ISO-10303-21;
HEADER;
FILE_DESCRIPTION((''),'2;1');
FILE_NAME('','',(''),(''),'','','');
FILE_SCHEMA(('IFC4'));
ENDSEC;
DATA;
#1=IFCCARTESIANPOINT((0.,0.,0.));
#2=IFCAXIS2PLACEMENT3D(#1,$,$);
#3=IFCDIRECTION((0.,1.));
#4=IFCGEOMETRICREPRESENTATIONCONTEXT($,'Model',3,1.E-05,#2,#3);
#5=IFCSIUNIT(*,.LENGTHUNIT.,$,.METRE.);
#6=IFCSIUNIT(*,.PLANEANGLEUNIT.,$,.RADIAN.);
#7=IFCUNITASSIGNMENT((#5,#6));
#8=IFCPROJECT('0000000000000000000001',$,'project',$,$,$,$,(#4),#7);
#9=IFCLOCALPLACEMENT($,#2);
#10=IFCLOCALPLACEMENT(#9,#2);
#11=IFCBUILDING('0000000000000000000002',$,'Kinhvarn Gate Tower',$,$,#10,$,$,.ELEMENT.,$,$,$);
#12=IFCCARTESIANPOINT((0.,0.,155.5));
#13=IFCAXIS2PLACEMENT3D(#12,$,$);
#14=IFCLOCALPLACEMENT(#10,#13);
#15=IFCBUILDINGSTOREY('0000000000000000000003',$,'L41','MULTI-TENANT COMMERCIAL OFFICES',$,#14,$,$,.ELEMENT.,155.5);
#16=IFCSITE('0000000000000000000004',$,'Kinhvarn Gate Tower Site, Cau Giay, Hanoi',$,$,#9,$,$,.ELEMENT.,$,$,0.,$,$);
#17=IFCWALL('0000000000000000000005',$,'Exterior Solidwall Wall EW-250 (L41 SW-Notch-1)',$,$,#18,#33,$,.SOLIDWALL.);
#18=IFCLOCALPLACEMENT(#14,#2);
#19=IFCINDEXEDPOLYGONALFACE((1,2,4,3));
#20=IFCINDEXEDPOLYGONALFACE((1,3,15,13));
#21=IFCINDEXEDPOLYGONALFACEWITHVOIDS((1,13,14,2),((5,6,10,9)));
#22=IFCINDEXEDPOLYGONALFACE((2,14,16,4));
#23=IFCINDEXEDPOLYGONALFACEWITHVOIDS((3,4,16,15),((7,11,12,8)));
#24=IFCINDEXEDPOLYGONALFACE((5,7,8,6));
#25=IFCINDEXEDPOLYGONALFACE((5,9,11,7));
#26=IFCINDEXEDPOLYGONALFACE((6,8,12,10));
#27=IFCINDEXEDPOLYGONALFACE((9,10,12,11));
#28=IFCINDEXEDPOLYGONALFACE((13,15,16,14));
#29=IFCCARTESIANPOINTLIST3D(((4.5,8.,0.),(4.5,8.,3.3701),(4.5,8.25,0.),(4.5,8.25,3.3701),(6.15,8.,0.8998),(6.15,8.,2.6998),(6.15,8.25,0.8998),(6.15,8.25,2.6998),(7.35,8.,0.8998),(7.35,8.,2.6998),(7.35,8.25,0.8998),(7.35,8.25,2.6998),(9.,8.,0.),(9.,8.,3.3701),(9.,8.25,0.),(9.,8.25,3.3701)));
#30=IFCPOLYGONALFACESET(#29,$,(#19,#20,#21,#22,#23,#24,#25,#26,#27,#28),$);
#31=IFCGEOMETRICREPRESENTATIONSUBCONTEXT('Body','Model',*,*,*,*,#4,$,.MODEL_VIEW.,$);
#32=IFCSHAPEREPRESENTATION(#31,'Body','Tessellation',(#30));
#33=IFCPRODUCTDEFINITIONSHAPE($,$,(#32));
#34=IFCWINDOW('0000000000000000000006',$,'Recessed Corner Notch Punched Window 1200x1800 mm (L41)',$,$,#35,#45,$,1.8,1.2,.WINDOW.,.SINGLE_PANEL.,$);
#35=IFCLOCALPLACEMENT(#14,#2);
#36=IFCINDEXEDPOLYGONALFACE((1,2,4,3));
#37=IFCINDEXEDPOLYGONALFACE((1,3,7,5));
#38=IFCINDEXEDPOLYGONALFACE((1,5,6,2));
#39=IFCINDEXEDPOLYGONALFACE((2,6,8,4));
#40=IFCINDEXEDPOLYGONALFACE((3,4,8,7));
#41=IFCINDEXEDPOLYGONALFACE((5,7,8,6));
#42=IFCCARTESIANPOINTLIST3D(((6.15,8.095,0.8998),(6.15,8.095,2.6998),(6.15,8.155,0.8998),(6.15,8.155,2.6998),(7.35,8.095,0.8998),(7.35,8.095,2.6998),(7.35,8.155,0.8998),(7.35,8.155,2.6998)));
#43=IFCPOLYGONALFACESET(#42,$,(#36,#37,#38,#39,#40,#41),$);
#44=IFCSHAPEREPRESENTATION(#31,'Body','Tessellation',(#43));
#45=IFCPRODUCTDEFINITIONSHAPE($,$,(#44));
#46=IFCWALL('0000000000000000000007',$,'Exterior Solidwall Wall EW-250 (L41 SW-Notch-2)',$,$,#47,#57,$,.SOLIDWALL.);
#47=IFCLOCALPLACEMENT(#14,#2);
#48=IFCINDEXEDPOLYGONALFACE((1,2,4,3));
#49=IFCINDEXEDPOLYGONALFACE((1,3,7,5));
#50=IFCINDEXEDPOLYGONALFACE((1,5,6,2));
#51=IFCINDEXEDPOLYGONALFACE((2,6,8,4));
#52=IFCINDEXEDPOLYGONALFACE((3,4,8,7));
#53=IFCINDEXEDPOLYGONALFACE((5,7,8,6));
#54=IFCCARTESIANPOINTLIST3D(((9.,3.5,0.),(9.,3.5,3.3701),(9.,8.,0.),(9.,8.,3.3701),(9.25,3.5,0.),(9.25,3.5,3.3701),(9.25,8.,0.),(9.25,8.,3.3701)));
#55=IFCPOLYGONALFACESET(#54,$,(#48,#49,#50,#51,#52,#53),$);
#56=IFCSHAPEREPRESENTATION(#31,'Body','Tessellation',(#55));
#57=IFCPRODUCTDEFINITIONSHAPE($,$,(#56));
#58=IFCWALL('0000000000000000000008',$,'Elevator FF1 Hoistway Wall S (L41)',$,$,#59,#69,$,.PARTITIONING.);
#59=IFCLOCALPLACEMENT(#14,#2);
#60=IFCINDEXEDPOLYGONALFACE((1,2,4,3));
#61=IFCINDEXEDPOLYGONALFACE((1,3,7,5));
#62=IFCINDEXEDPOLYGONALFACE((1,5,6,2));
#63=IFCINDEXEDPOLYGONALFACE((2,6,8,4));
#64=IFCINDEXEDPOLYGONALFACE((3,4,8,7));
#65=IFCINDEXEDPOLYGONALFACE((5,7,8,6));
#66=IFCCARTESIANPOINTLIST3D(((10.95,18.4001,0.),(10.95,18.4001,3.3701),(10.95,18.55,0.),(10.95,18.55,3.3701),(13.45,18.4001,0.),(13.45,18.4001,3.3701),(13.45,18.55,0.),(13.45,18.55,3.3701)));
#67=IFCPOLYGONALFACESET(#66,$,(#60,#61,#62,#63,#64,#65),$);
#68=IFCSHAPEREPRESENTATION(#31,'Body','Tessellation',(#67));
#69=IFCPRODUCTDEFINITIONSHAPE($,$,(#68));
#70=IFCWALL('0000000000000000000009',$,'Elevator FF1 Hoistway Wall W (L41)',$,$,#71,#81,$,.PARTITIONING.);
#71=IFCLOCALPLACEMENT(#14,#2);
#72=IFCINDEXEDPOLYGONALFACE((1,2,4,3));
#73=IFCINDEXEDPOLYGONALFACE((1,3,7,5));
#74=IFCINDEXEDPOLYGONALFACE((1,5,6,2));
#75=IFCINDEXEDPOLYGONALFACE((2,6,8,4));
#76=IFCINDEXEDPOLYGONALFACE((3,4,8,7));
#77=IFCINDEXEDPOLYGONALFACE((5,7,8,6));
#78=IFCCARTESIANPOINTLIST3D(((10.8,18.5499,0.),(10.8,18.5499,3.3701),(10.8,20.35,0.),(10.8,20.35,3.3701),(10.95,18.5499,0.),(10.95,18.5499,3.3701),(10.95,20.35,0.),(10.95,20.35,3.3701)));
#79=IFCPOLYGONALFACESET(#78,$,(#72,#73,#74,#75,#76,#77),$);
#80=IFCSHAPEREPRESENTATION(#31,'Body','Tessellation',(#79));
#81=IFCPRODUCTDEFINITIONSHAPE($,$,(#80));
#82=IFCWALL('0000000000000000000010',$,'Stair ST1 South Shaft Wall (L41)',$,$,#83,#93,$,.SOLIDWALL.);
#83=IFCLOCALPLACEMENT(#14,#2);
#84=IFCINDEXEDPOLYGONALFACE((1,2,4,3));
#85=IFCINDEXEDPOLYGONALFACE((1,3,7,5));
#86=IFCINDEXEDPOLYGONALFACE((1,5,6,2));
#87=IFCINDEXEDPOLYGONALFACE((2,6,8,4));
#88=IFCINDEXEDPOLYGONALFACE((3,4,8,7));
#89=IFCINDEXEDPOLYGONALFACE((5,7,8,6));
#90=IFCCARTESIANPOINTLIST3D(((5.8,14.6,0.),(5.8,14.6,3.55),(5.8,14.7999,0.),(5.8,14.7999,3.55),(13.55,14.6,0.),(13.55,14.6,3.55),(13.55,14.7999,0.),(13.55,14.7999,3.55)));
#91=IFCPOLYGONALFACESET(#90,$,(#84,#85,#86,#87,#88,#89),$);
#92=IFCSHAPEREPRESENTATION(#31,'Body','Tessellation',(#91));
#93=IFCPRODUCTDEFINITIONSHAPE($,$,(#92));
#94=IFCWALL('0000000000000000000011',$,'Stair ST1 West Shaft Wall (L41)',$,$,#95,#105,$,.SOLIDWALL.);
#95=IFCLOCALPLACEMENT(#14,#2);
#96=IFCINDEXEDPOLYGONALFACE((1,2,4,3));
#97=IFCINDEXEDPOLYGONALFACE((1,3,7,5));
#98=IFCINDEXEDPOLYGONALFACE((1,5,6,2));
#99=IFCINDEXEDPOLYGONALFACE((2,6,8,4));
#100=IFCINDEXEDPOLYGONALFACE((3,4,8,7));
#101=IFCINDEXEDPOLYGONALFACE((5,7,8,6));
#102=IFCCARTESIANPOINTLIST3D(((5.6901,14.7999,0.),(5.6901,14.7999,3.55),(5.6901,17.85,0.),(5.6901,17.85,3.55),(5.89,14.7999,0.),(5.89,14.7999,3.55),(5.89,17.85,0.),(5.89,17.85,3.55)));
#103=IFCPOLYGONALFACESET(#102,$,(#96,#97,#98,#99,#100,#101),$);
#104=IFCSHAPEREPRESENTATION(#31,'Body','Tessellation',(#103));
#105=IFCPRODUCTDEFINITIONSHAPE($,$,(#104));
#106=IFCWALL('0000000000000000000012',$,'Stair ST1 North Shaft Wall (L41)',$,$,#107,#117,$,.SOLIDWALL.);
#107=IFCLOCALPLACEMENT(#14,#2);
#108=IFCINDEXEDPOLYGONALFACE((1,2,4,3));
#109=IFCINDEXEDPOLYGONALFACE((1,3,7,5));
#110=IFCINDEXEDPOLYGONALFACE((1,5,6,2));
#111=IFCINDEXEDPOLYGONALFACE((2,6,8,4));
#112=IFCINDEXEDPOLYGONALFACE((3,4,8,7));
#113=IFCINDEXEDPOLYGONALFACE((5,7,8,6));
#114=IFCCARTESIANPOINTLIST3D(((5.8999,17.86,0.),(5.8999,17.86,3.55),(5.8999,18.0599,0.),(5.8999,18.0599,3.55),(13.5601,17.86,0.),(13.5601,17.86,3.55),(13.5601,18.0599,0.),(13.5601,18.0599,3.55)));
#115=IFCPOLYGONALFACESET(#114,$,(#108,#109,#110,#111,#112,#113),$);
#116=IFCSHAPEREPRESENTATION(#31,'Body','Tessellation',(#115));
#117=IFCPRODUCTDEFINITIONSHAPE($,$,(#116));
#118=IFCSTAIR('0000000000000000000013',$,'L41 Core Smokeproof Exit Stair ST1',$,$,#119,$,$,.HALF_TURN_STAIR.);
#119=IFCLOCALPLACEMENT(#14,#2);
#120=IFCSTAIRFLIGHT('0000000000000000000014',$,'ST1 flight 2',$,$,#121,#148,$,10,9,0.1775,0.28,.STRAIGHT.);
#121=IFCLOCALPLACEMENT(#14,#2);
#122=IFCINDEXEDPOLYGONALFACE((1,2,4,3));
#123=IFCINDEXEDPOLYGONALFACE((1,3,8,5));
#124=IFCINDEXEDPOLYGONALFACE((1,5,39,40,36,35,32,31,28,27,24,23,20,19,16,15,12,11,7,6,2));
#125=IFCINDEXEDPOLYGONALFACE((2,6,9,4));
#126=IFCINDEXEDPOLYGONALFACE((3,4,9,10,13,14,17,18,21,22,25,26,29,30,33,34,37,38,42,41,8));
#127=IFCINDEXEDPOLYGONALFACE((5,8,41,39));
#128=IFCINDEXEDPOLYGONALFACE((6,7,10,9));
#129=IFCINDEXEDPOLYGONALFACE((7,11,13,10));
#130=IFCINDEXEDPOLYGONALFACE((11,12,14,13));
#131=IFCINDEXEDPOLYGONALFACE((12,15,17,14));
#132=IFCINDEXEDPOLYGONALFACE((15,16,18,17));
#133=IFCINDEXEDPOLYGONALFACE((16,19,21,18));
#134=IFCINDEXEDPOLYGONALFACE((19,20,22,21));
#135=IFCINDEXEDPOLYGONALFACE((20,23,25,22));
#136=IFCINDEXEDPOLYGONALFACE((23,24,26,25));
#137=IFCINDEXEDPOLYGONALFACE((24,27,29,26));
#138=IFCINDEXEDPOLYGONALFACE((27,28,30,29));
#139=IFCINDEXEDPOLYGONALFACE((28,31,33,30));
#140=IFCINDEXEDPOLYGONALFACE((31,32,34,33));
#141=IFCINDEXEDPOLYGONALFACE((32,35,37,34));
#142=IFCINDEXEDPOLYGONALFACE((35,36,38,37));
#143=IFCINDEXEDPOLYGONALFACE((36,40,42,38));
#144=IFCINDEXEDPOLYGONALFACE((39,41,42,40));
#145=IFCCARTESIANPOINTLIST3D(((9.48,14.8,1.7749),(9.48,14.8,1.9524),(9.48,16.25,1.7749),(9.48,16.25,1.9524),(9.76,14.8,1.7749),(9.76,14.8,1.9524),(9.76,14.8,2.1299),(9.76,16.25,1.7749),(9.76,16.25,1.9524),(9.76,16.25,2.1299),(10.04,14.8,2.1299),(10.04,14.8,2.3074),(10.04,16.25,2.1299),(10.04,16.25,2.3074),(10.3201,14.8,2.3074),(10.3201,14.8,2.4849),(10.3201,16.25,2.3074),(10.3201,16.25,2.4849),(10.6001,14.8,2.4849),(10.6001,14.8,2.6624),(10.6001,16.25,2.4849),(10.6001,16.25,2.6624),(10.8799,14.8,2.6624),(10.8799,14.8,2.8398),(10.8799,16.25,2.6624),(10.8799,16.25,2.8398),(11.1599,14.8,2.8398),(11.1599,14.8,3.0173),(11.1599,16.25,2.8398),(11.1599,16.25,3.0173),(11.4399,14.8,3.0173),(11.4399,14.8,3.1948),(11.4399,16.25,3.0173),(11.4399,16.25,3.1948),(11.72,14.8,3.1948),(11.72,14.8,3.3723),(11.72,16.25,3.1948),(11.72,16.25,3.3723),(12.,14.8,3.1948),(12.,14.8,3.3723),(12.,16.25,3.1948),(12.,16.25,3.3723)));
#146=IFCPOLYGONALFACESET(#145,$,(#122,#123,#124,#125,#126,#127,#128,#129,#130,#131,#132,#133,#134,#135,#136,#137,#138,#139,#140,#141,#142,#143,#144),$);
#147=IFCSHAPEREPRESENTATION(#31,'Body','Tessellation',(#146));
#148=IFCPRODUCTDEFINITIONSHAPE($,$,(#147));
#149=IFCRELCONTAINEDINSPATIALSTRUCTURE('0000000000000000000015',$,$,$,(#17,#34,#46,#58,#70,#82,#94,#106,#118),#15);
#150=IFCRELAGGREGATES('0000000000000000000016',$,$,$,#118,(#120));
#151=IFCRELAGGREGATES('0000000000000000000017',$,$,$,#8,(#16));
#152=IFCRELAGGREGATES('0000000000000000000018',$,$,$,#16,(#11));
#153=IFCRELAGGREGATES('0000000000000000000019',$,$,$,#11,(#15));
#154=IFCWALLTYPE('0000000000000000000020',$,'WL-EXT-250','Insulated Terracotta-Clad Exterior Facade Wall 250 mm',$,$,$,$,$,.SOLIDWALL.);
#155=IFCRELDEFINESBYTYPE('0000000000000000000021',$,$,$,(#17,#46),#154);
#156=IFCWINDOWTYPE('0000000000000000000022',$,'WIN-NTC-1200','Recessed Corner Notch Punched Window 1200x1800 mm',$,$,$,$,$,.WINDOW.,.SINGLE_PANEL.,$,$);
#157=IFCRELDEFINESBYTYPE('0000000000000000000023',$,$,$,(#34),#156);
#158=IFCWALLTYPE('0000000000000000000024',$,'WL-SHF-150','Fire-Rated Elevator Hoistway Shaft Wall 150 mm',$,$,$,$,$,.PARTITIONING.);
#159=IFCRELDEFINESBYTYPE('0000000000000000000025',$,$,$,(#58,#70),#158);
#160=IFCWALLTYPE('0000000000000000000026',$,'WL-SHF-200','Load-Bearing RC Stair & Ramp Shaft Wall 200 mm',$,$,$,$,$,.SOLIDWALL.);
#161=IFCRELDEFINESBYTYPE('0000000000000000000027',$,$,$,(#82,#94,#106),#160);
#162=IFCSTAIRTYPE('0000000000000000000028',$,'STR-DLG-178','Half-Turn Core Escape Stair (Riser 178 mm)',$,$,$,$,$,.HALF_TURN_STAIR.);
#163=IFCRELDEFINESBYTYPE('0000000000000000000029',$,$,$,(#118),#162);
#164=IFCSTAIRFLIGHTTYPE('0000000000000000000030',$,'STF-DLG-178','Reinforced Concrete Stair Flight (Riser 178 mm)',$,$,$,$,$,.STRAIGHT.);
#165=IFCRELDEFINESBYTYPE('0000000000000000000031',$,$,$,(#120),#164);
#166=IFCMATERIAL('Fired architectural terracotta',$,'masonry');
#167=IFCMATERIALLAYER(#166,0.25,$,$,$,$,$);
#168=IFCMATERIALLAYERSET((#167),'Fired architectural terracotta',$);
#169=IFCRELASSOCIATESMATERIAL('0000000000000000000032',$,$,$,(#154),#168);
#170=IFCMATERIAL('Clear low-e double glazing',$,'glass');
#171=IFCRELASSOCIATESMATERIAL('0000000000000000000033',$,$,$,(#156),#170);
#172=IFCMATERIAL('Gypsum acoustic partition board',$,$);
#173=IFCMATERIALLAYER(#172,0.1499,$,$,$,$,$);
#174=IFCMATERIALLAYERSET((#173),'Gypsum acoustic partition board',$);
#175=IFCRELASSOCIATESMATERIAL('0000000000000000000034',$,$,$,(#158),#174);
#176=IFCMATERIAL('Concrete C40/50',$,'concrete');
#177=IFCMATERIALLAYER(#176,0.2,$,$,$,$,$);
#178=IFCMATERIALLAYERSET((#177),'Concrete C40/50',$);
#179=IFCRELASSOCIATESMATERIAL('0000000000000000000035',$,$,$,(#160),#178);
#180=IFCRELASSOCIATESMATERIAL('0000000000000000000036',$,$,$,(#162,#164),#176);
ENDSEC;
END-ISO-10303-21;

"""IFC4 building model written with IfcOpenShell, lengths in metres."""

from ifc_helpers import new_model, si_unit, direction, frame, frame_2d, origin, place, context, subcontext, project, spatial, polyline, rectangle, outline, extrude, material, layer, layer_set, type_object, element, fill, aggregate, save


model = new_model("IFC4")

# Units and contexts
model_context = context("Model", 3, precision=1e-05, world=origin(), true_north=direction((0.0, 1.0)))
body_context = subcontext(model_context, "Body", "Model", "MODEL_VIEW")
ifc_project = project(units=[si_unit("LENGTHUNIT", "METRE"), si_unit("PLANEANGLEUNIT", "RADIAN")], contexts=[model_context])

# Site, building, storey
site_placement = place(None, origin())
site = spatial("IfcSite", under=ifc_project, at=site_placement, Name="Kinhvarn Gate Tower Site, Cau Giay, Hanoi", CompositionType="ELEMENT", RefElevation=0.0)
building_placement = place(site_placement, origin())
building = spatial("IfcBuilding", under=site, at=building_placement, Name="Kinhvarn Gate Tower", CompositionType="ELEMENT")
storey_placement = place(building_placement, frame((0.0, 0.0, 155.5)))
storey = spatial("IfcBuildingStorey", under=building, at=storey_placement, Name="L41", Description="MULTI-TENANT COMMERCIAL OFFICES", CompositionType="ELEMENT", Elevation=155.5)

# Wall, opening, window
ifc_material_1 = material(Name="Fired architectural terracotta", Category="masonry")
ifc_layer_1 = layer(ifc_material_1, 0.25)
ifc_layer_set_1 = layer_set([ifc_layer_1], Name="Fired architectural terracotta")
wall_type_1 = type_object("IfcWallType", Name="WL-EXT-250", Description="Insulated Terracotta-Clad Exterior Facade Wall 250 mm", PredefinedType="SOLIDWALL", material=ifc_layer_set_1)
ifc_material_2 = material(Name="Clear low-e double glazing", Category="glass")
wall_1_placement = place(storey_placement, frame((4.5, 8.125, 0.0), z_axis=(0.0, 0.0, 1.0), x_axis=(1.0, 0.0, 0.0)))
wall_1 = element("IfcWall", 1, at=wall_1_placement, inside=storey, type_object=wall_type_1, Name="Exterior Solidwall Wall EW-250 (L41 SW-Notch-1)", PredefinedType="SOLIDWALL", context=body_context, shape_type="SweptSolid", body=[
    extrude(rectangle(XDim=4.5, YDim=0.25, at=frame_2d((2.25, 0.0))), origin(), (0.0, 0.0, 1.0), 3.3701),
])
opening_1_placement = place(wall_1_placement, frame((1.6499, 0.0, 0.8999)))
opening_1 = element("IfcOpeningElement", 2, at=opening_1_placement, cuts=wall_1, PredefinedType="OPENING", context=body_context, shape_type="SweptSolid", body=[
    extrude(rectangle(XDim=1.2, YDim=1.8, at=frame_2d((0.6001, 0.8999))), frame((0.0, 0.135, 0.0), z_axis=(0.0, -1.0, 0.0), x_axis=(1.0, 0.0, 0.0)), (0.0, 0.0, 1.0), 0.27),
])
window_type_1 = type_object("IfcWindowType", Name="WIN-NTC-1200", Description="Recessed Corner Notch Punched Window 1200x1800 mm", PartitioningType="SINGLE_PANEL", PredefinedType="WINDOW", material=ifc_material_2)
window_1_placement = place(opening_1_placement, origin())
window_1 = element("IfcWindow", 3, at=window_1_placement, inside=storey, type_object=window_type_1, Name="Recessed Corner Notch Punched Window 1200x1800 mm (L41)", OverallHeight=1.8, OverallWidth=1.2, PartitioningType="SINGLE_PANEL", PredefinedType="WINDOW", context=body_context, shape_type="SweptSolid", body=[
    extrude(rectangle(XDim=1.2, YDim=1.8, at=frame_2d((0.6001, 0.8999))), frame((0.0, 0.03, 0.0), z_axis=(0.0, -1.0, 0.0), x_axis=(1.0, 0.0, 0.0)), (0.0, 0.0, 1.0), 0.0601),
])
fill(opening_1, window_1)

# Walls
wall_2_placement = place(storey_placement, frame((9.125, 8.0, 0.0), z_axis=(0.0, 0.0, 1.0), x_axis=(0.0, -1.0, 0.0)))
element("IfcWall", 4, at=wall_2_placement, inside=storey, type_object=wall_type_1, Name="Exterior Solidwall Wall EW-250 (L41 SW-Notch-2)", PredefinedType="SOLIDWALL", context=body_context, shape_type="SweptSolid", body=[
    extrude(rectangle(XDim=4.5, YDim=0.25, at=frame_2d((2.25, 0.0))), origin(), (0.0, 0.0, 1.0), 3.3701),
])
ifc_material_3 = material(Name="Gypsum acoustic partition board")
ifc_layer_2 = layer(ifc_material_3, 0.1499)
ifc_layer_set_2 = layer_set([ifc_layer_2], Name="Gypsum acoustic partition board")
wall_type_2 = type_object("IfcWallType", Name="WL-SHF-150", Description="Fire-Rated Elevator Hoistway Shaft Wall 150 mm", PredefinedType="PARTITIONING", material=ifc_layer_set_2)
wall_3_placement = place(storey_placement, frame((10.95, 18.4751, 0.0), z_axis=(0.0, 0.0, 1.0), x_axis=(1.0, 0.0, 0.0)))
element("IfcWall", 5, at=wall_3_placement, inside=storey, type_object=wall_type_2, Name="Elevator FF1 Hoistway Wall S (L41)", PredefinedType="PARTITIONING", context=body_context, shape_type="SweptSolid", body=[
    extrude(rectangle(XDim=2.5, YDim=0.1499, at=frame_2d((1.25, 0.0))), origin(), (0.0, 0.0, 1.0), 3.3701),
])
wall_4_placement = place(storey_placement, frame((10.875, 18.55, 0.0), z_axis=(0.0, 0.0, 1.0), x_axis=(0.0, 1.0, 0.0)))
element("IfcWall", 6, at=wall_4_placement, inside=storey, type_object=wall_type_2, Name="Elevator FF1 Hoistway Wall W (L41)", PredefinedType="PARTITIONING", context=body_context, shape_type="SweptSolid", body=[
    extrude(rectangle(XDim=1.8, YDim=0.1499, at=frame_2d((0.8999, 0.0))), origin(), (0.0, 0.0, 1.0), 3.3701),
])
ifc_material_4 = material(Name="Concrete C40/50", Category="concrete")
ifc_layer_3 = layer(ifc_material_4, 0.2)
ifc_layer_set_3 = layer_set([ifc_layer_3], Name="Concrete C40/50")
wall_type_3 = type_object("IfcWallType", Name="WL-SHF-200", Description="Load-Bearing RC Stair & Ramp Shaft Wall 200 mm", PredefinedType="SOLIDWALL", material=ifc_layer_set_3)
wall_5_placement = place(storey_placement, frame((5.8, 14.7, 0.0), z_axis=(0.0, 0.0, 1.0), x_axis=(1.0, 0.0, 0.0)))
element("IfcWall", 7, at=wall_5_placement, inside=storey, type_object=wall_type_3, Name="Stair ST1 South Shaft Wall (L41)", PredefinedType="SOLIDWALL", context=body_context, shape_type="SweptSolid", body=[
    extrude(rectangle(XDim=7.75, YDim=0.2, at=frame_2d((3.875, 0.0))), origin(), (0.0, 0.0, 1.0), 3.55),
])
wall_6_placement = place(storey_placement, frame((5.79, 14.8, 0.0), z_axis=(0.0, 0.0, 1.0), x_axis=(0.0, 1.0, 0.0)))
element("IfcWall", 8, at=wall_6_placement, inside=storey, type_object=wall_type_3, Name="Stair ST1 West Shaft Wall (L41)", PredefinedType="SOLIDWALL", context=body_context, shape_type="SweptSolid", body=[
    extrude(rectangle(XDim=3.05, YDim=0.2, at=frame_2d((1.5249, 0.0))), origin(), (0.0, 0.0, 1.0), 3.55),
])
wall_7_placement = place(storey_placement, frame((5.8999, 17.96, 0.0), z_axis=(0.0, 0.0, 1.0), x_axis=(1.0, 0.0, 0.0)))
element("IfcWall", 9, at=wall_7_placement, inside=storey, type_object=wall_type_3, Name="Stair ST1 North Shaft Wall (L41)", PredefinedType="SOLIDWALL", context=body_context, shape_type="SweptSolid", body=[
    extrude(rectangle(XDim=7.6602, YDim=0.2, at=frame_2d((3.8301, 0.0))), origin(), (0.0, 0.0, 1.0), 3.55),
])

# Stair, stair flight
stair_type = type_object("IfcStairType", Name="STR-DLG-178", Description="Half-Turn Core Escape Stair (Riser 178 mm)", PredefinedType="HALF_TURN_STAIR", material=ifc_material_4)
stair_placement = place(storey_placement, origin())
stair = element("IfcStair", 10, at=stair_placement, inside=storey, type_object=stair_type, Name="L41 Core Smokeproof Exit Stair ST1", PredefinedType="HALF_TURN_STAIR")
stair_flight_type = type_object("IfcStairFlightType", Name="STF-DLG-178", Description="Reinforced Concrete Stair Flight (Riser 178 mm)", PredefinedType="STRAIGHT", material=ifc_material_4)
stair_flight_placement = place(storey_placement, frame((9.48, 15.5249, 1.7749), z_axis=(0.0, 0.0, 1.0), x_axis=(1.0, 0.0, 0.0)))
stair_flight = element("IfcStairFlight", 11, at=stair_flight_placement, type_object=stair_flight_type, Name="ST1 flight 2", NumberOfRisers=10, NumberOfTreads=9, PredefinedType="STRAIGHT", RiserHeight=0.1775, TreadLength=0.28, context=body_context, shape_type="SweptSolid", body=[
    extrude(outline(polyline([(0.0, 0.0), (0.0, 0.1775), (0.28, 0.1775), (0.28, 0.355), (0.5601, 0.355), (0.5601, 0.5325), (0.8401, 0.5325), (0.8401, 0.71), (1.1201, 0.71), (1.1201, 0.8875), (1.3999, 0.8875), (1.3999, 1.0649), (1.6799, 1.0649), (1.6799, 1.2424), (1.96, 1.2424), (1.96, 1.4199), (2.24, 1.4199), (2.24, 1.5974), (2.52, 1.5974), (2.52, 1.7749), (2.52, 1.4199), (0.28, 0.0), (0.0, 0.0)])), frame((0.0, 0.7251, 0.0), z_axis=(0.0, -1.0, 0.0), x_axis=(1.0, 0.0, 0.0)), (0.0, 0.0, 1.0), 1.45),
])
aggregate(stair, [stair_flight])

save(model, "model.ifc")
